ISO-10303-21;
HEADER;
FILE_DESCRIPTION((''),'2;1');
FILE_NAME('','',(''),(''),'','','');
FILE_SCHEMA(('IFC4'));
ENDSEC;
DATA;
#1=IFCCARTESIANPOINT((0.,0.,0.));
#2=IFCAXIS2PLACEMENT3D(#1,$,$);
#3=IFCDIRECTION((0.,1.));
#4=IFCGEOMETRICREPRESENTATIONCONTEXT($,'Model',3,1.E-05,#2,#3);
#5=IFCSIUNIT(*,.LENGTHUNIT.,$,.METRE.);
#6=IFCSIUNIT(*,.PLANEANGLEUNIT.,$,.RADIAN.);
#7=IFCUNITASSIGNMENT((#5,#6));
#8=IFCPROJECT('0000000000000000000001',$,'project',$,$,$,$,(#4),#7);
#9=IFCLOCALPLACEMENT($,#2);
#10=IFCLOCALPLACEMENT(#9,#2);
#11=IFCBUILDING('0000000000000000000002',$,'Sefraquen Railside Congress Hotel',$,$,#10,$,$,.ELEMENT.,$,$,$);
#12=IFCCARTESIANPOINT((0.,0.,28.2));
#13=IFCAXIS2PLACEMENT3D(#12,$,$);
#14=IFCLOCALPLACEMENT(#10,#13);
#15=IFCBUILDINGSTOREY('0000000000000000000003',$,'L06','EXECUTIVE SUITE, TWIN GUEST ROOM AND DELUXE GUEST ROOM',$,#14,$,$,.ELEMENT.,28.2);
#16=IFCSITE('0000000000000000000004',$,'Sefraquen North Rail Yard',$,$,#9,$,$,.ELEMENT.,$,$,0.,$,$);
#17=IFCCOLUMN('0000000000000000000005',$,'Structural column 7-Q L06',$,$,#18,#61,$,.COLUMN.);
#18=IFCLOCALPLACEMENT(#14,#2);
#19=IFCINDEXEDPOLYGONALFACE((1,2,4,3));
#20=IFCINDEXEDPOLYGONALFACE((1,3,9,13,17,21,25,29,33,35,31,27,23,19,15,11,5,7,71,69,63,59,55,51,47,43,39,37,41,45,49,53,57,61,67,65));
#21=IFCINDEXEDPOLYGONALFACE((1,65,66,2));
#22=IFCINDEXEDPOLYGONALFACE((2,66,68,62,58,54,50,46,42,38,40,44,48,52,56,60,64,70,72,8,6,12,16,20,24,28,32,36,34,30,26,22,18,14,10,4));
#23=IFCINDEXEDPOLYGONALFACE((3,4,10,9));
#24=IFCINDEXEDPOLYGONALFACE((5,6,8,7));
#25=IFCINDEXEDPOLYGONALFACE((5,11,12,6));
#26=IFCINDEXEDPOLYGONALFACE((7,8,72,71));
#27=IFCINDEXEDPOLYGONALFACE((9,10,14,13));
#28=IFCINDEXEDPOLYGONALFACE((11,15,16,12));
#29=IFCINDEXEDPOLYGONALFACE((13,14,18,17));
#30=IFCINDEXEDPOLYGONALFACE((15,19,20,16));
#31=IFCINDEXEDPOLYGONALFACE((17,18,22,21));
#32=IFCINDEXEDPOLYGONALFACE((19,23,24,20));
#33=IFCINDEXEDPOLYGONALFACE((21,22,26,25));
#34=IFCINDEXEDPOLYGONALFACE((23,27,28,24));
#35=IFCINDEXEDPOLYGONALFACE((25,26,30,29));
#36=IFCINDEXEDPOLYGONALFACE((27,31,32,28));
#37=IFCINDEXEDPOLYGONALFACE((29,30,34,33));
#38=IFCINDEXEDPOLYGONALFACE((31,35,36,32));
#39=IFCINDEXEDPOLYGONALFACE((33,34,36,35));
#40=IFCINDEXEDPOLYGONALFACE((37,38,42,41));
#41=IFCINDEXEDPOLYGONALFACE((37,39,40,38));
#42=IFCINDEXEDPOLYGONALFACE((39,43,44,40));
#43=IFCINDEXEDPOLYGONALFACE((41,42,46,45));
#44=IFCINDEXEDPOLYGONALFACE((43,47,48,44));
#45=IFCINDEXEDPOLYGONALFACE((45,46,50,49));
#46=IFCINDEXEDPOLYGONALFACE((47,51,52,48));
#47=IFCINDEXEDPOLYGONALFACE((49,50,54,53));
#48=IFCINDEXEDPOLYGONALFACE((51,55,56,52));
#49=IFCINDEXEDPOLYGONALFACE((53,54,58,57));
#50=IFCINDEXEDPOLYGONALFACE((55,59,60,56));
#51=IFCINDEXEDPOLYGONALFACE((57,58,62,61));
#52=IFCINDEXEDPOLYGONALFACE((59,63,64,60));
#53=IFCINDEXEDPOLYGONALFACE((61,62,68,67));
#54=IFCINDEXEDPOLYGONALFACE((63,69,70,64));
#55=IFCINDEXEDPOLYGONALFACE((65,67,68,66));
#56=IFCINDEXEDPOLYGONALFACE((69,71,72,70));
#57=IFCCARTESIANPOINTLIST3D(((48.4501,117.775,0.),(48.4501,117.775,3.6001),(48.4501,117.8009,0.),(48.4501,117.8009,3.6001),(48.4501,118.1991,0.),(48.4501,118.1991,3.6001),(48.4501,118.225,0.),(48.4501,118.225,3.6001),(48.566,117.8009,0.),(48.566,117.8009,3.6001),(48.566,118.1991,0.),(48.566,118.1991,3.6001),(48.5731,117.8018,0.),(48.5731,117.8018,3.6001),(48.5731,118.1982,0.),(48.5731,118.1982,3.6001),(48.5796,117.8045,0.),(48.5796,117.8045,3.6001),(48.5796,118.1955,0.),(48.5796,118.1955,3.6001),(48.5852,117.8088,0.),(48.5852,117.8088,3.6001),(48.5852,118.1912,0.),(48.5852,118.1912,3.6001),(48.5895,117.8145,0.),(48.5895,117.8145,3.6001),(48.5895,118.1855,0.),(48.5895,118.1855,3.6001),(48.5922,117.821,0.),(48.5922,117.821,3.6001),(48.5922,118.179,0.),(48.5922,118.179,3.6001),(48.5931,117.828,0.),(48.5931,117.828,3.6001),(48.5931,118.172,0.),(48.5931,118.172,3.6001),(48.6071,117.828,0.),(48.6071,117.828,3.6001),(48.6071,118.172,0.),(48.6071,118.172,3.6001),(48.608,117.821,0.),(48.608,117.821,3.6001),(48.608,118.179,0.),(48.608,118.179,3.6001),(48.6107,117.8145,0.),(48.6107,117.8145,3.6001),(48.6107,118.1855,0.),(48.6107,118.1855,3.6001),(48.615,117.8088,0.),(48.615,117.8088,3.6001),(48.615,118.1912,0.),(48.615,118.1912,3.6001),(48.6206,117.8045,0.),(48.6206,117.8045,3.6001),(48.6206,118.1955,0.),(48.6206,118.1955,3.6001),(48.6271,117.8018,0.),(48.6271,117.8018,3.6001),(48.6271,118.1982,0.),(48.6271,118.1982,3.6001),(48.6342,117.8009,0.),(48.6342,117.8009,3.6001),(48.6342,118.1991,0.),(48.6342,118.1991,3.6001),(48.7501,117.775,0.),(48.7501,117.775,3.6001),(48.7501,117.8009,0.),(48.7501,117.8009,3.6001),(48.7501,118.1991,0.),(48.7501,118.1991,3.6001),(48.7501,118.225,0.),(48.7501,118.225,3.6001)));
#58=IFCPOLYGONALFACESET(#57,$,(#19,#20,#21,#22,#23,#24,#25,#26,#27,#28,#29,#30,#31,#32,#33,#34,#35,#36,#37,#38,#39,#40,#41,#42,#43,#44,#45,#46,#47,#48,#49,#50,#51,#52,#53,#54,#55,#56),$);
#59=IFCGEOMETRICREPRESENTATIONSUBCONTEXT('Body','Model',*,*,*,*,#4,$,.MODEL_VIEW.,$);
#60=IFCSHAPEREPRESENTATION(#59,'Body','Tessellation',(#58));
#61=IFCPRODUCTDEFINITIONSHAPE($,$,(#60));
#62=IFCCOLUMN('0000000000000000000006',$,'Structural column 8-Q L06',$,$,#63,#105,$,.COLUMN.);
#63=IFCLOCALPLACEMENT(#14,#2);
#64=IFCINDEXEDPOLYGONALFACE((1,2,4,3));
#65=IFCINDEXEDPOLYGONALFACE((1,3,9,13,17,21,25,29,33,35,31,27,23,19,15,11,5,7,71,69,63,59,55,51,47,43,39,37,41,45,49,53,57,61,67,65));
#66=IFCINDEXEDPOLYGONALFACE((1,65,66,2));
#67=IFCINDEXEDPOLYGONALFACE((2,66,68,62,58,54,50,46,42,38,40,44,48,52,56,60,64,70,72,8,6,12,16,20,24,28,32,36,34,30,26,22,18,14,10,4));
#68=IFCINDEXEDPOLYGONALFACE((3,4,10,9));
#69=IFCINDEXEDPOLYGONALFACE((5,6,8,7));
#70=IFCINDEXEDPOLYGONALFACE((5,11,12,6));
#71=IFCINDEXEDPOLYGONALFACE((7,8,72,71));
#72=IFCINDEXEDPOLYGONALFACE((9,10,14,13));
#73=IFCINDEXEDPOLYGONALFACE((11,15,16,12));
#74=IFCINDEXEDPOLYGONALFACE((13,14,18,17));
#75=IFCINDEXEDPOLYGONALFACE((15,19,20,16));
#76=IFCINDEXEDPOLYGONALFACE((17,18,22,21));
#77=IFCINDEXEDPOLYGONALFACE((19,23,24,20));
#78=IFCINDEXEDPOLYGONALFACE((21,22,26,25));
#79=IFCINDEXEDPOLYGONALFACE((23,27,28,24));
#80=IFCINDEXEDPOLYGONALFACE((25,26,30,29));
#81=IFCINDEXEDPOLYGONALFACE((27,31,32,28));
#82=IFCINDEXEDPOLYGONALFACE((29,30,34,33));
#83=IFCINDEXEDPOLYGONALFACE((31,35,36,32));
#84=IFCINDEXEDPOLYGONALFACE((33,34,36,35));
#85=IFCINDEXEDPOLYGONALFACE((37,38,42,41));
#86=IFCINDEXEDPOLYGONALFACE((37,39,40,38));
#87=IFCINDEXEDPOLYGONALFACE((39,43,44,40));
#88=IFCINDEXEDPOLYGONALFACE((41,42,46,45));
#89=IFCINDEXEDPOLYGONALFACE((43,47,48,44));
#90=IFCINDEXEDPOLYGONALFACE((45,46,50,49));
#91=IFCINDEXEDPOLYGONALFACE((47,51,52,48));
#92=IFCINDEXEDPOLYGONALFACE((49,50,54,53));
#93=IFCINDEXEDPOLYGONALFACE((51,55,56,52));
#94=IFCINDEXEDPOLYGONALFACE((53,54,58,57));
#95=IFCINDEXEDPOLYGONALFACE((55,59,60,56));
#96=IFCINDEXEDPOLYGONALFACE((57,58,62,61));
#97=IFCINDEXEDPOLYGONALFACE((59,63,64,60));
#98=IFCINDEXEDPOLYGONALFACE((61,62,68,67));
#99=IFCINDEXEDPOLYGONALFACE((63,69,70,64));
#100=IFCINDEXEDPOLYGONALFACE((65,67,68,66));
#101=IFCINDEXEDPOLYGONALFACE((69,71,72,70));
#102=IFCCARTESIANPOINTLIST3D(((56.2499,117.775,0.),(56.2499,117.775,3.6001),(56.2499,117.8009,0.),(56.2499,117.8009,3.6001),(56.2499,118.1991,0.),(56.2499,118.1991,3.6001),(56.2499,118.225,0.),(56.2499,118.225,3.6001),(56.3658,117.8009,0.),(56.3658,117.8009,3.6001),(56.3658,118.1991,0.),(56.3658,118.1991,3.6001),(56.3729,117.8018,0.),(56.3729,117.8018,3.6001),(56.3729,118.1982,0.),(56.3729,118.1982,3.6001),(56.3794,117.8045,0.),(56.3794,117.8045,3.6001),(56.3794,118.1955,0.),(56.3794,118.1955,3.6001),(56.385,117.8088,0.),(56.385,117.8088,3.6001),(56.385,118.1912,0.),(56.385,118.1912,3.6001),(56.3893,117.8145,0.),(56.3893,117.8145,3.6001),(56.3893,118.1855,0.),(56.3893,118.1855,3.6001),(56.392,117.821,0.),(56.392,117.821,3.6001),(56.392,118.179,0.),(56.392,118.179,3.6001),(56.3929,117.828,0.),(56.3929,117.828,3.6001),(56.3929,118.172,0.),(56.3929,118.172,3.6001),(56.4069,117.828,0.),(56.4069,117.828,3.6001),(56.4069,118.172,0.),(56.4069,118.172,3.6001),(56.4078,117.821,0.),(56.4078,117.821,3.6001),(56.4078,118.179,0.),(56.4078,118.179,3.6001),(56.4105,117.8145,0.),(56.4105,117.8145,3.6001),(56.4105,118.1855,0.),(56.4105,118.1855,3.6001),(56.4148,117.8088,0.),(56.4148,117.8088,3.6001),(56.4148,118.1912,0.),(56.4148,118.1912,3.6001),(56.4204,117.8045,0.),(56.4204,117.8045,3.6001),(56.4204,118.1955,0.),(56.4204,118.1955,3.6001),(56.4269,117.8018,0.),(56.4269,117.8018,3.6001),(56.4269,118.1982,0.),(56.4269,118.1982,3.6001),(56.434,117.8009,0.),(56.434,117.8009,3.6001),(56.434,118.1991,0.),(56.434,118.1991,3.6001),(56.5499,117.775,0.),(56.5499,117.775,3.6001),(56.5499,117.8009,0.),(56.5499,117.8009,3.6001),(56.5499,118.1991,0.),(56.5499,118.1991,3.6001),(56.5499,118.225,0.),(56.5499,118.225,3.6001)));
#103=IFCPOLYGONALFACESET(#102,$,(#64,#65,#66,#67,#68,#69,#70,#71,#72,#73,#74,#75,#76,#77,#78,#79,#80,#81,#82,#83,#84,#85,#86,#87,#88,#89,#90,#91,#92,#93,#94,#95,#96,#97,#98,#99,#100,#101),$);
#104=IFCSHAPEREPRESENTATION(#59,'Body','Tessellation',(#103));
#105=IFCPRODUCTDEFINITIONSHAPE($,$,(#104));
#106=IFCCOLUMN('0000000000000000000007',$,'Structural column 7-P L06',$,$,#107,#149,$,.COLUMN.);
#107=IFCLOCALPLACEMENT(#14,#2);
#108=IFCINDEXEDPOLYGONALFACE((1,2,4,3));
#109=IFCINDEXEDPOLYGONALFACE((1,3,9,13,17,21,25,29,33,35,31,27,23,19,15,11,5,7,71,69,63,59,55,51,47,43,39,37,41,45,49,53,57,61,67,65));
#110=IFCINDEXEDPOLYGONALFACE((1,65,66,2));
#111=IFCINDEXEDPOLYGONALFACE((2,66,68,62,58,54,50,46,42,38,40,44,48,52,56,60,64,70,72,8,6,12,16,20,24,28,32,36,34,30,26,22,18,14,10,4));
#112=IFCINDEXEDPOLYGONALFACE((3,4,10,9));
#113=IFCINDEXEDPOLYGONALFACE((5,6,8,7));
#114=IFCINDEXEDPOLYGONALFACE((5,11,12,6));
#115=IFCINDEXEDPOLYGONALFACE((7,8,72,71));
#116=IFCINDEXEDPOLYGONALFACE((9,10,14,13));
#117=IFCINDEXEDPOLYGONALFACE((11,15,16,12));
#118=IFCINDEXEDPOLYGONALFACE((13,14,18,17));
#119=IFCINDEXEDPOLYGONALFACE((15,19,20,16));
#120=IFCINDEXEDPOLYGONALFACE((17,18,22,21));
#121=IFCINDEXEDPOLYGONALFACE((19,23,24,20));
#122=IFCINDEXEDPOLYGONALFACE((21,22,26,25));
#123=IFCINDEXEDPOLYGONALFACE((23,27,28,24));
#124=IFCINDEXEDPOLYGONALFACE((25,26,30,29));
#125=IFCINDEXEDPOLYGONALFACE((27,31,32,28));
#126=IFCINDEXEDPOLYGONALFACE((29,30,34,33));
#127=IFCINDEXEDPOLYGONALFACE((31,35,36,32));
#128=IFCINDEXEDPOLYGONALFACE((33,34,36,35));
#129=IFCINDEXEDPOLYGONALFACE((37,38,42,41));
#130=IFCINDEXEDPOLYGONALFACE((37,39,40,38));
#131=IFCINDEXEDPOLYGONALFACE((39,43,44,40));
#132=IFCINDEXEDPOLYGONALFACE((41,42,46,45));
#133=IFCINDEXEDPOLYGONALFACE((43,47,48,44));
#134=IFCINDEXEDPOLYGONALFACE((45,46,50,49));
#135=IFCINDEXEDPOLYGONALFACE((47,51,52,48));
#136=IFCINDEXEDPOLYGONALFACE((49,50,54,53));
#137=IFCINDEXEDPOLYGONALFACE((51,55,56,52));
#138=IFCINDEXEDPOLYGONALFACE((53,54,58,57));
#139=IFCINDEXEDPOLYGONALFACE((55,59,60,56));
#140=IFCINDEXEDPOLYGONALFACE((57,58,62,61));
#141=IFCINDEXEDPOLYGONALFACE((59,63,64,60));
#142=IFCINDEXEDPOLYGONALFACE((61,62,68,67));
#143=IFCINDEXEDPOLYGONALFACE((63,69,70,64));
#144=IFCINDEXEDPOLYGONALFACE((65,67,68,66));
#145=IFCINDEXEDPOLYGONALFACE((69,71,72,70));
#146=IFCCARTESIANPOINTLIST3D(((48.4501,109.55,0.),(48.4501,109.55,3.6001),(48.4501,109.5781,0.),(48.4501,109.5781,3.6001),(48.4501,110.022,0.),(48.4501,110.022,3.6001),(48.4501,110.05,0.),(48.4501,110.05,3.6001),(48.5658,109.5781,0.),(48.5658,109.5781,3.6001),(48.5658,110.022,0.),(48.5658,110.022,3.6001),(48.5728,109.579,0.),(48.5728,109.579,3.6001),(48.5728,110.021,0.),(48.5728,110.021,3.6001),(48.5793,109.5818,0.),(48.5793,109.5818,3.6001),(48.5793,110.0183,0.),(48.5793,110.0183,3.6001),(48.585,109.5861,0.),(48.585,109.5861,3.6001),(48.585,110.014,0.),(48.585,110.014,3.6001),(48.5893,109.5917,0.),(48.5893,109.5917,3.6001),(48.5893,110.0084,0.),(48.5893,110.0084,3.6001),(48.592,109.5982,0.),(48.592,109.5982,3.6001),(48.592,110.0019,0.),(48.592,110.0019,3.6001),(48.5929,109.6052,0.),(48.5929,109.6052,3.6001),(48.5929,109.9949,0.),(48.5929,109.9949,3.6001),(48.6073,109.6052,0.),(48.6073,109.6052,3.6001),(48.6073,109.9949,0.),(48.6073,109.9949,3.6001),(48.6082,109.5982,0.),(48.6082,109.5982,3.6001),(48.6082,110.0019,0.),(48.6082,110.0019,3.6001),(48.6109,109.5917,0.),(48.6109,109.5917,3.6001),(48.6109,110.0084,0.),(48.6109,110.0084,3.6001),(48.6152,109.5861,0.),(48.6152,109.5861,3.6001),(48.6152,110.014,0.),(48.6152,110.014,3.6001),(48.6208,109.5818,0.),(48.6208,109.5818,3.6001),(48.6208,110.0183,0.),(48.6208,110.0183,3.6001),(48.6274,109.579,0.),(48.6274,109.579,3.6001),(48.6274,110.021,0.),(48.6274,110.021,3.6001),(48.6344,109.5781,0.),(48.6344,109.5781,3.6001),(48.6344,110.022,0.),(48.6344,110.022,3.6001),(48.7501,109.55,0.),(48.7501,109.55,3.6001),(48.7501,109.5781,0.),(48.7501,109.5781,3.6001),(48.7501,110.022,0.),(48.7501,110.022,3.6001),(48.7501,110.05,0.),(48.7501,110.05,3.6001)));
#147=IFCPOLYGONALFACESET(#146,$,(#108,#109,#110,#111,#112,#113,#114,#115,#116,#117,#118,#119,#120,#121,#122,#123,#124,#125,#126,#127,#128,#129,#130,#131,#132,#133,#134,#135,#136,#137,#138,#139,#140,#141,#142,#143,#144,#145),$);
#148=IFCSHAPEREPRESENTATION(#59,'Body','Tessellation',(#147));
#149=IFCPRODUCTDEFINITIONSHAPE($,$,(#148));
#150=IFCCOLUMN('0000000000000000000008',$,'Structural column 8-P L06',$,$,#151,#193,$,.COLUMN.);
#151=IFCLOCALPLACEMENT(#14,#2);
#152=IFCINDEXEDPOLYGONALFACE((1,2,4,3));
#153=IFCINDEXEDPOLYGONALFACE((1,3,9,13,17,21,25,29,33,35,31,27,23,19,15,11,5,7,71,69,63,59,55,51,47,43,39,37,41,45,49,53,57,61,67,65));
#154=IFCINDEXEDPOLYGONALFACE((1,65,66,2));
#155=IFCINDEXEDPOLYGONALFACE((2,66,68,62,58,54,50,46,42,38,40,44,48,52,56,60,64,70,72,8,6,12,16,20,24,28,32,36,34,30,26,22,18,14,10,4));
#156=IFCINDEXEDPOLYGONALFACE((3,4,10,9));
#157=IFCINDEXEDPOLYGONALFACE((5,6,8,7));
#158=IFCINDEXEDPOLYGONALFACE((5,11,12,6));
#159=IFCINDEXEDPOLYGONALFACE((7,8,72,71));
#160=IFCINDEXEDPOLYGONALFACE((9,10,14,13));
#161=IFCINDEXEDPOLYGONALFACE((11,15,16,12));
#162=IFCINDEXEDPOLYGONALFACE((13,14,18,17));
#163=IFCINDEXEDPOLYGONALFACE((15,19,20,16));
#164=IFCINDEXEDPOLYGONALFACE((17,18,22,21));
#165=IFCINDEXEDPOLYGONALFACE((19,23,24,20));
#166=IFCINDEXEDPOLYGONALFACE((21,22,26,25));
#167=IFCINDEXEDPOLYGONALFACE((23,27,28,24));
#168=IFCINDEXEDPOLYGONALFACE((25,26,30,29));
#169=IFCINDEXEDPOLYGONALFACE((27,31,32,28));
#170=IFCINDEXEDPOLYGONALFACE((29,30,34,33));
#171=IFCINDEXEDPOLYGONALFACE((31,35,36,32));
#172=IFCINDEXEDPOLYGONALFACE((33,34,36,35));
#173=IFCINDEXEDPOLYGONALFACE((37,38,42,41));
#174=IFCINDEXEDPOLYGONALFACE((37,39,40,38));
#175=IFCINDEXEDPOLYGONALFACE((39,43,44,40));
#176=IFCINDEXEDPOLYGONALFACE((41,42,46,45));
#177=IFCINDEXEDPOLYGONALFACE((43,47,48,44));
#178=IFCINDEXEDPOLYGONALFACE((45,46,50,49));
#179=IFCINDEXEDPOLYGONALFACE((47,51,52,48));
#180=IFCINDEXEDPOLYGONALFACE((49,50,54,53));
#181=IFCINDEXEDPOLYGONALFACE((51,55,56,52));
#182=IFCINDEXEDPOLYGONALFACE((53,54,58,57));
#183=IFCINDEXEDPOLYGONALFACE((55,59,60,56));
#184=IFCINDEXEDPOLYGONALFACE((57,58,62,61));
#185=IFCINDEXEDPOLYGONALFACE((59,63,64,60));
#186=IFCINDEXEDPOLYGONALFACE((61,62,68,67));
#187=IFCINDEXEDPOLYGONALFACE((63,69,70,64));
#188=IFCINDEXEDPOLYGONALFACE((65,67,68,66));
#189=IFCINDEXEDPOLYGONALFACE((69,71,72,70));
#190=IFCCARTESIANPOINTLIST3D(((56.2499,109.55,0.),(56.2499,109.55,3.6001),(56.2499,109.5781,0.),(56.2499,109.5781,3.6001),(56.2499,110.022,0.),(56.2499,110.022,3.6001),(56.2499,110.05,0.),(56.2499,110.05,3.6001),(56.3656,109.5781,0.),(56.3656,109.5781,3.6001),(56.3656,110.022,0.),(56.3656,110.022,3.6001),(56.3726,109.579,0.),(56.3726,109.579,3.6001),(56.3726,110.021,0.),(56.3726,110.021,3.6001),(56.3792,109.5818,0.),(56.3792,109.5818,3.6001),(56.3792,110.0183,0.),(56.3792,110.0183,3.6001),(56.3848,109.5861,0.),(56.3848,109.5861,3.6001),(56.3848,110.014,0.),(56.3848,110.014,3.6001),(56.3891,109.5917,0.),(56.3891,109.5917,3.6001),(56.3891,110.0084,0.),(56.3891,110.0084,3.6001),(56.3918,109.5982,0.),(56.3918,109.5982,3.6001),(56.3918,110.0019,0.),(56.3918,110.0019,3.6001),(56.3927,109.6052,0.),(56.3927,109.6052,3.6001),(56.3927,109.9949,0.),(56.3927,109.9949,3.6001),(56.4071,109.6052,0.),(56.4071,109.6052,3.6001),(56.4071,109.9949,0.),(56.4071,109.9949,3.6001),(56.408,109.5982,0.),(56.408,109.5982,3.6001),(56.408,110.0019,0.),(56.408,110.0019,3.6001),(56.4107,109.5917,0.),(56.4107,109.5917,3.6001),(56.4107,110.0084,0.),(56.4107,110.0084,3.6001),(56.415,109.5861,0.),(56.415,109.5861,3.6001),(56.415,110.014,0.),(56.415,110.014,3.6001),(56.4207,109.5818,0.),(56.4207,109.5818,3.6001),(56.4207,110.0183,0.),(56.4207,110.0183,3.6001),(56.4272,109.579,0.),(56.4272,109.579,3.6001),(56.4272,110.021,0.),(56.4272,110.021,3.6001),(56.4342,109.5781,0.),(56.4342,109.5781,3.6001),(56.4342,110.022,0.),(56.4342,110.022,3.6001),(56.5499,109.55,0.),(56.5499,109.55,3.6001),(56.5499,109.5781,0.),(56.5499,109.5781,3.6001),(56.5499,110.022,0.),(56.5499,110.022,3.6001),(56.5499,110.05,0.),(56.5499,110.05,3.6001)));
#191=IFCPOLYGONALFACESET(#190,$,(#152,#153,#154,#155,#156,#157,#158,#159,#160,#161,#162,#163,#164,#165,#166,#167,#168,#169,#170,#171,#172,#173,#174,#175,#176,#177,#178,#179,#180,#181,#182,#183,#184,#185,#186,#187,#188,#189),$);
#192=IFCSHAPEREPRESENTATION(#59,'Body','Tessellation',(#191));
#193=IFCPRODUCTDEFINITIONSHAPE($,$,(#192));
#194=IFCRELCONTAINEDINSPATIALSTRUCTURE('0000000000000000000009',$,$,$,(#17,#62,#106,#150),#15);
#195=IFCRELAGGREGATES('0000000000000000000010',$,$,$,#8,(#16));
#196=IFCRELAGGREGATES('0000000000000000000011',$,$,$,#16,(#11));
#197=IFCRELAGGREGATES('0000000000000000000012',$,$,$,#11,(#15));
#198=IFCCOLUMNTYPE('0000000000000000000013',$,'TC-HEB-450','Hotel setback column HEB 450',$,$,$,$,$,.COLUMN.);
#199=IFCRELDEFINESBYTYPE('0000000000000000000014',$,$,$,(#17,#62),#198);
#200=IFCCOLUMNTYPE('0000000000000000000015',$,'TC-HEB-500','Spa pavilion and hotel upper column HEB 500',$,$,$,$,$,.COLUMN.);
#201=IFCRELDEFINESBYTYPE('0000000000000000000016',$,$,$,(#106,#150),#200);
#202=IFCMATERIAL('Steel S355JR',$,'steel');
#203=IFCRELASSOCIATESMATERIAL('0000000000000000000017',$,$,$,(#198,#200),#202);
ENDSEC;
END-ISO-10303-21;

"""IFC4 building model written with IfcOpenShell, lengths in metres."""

from ifc_helpers import new_model, si_unit, direction, frame, origin, origin_2d, place, context, subcontext, project, spatial, i_section, extrude, material, material_profile, profile_set, type_object, element, save


model = new_model("IFC4")

# Units and contexts
model_context = context("Model", 3, precision=1e-05, world=origin(), true_north=direction((0.0, 1.0)))
body_context = subcontext(model_context, "Body", "Model", "MODEL_VIEW")
ifc_project = project(units=[si_unit("LENGTHUNIT", "METRE"), si_unit("PLANEANGLEUNIT", "RADIAN")], contexts=[model_context])

# Site, building, storey
site_placement = place(None, origin())
site = spatial("IfcSite", under=ifc_project, at=site_placement, Name="Sefraquen North Rail Yard", CompositionType="ELEMENT", RefElevation=0.0)
building_placement = place(site_placement, origin())
building = spatial("IfcBuilding", under=site, at=building_placement, Name="Sefraquen Railside Congress Hotel", CompositionType="ELEMENT")
storey_placement = place(building_placement, frame((0.0, 0.0, 28.2)))
storey = spatial("IfcBuildingStorey", under=building, at=storey_placement, Name="L06", Description="EXECUTIVE SUITE, TWIN GUEST ROOM AND DELUXE GUEST ROOM", CompositionType="ELEMENT", Elevation=28.2)

# Columns
ifc_material_1 = material(Name="Steel S355JR", Category="steel")
ifc_material_profile_1 = material_profile(ifc_material_1, i_section(OverallWidth=0.3, OverallDepth=0.45, WebThickness=0.0139, FlangeThickness=0.0259, FilletRadius=0.0271, at=origin_2d()), Name="HEB 450")
ifc_profile_set_1 = profile_set([ifc_material_profile_1], Name="Steel S355JR")
column_type_1 = type_object("IfcColumnType", Name="TC-HEB-450", Description="Hotel setback column HEB 450", PredefinedType="COLUMN", material=ifc_profile_set_1)
for number, where, z_axis, x_axis, name in (
    (1, (48.6001, 118.0, 0.0), (0.0, 0.0, 1.0), (1.0, 0.0, 0.0), "Structural column 7-Q L06"),
    (2, (56.3999, 118.0, 0.0), (0.0, 0.0, 1.0), (1.0, 0.0, 0.0), "Structural column 8-Q L06"),
):
    element("IfcColumn", number, at=place(storey_placement, frame(where, z_axis=z_axis, x_axis=x_axis)), inside=storey, type_object=column_type_1, Name=name, PredefinedType="COLUMN", context=body_context, shape_type="SweptSolid", body=[
        extrude(i_section(OverallWidth=0.3, OverallDepth=0.45, WebThickness=0.0139, FlangeThickness=0.0259, FilletRadius=0.0271, at=origin_2d()), origin(), (0.0, 0.0, 1.0), 3.6001),
    ])
ifc_material_profile_2 = material_profile(ifc_material_1, i_section(OverallWidth=0.3, OverallDepth=0.5, WebThickness=0.0144, FlangeThickness=0.0281, FilletRadius=0.0271, at=origin_2d()), Name="HEB 500")
ifc_profile_set_2 = profile_set([ifc_material_profile_2], Name="Steel S355JR")
column_type_2 = type_object("IfcColumnType", Name="TC-HEB-500", Description="Spa pavilion and hotel upper column HEB 500", PredefinedType="COLUMN", material=ifc_profile_set_2)
for number, where, z_axis, x_axis, name in (
    (3, (48.6001, 109.8, 0.0), (0.0, 0.0, 1.0), (1.0, 0.0, 0.0), "Structural column 7-P L06"),
    (4, (56.3999, 109.8, 0.0), (0.0, 0.0, 1.0), (1.0, 0.0, 0.0), "Structural column 8-P L06"),
):
    element("IfcColumn", number, at=place(storey_placement, frame(where, z_axis=z_axis, x_axis=x_axis)), inside=storey, type_object=column_type_2, Name=name, PredefinedType="COLUMN", context=body_context, shape_type="SweptSolid", body=[
        extrude(i_section(OverallWidth=0.3, OverallDepth=0.5, WebThickness=0.0144, FlangeThickness=0.0281, FilletRadius=0.0271, at=origin_2d()), origin(), (0.0, 0.0, 1.0), 3.6001),
    ])

save(model, "model.ifc")
